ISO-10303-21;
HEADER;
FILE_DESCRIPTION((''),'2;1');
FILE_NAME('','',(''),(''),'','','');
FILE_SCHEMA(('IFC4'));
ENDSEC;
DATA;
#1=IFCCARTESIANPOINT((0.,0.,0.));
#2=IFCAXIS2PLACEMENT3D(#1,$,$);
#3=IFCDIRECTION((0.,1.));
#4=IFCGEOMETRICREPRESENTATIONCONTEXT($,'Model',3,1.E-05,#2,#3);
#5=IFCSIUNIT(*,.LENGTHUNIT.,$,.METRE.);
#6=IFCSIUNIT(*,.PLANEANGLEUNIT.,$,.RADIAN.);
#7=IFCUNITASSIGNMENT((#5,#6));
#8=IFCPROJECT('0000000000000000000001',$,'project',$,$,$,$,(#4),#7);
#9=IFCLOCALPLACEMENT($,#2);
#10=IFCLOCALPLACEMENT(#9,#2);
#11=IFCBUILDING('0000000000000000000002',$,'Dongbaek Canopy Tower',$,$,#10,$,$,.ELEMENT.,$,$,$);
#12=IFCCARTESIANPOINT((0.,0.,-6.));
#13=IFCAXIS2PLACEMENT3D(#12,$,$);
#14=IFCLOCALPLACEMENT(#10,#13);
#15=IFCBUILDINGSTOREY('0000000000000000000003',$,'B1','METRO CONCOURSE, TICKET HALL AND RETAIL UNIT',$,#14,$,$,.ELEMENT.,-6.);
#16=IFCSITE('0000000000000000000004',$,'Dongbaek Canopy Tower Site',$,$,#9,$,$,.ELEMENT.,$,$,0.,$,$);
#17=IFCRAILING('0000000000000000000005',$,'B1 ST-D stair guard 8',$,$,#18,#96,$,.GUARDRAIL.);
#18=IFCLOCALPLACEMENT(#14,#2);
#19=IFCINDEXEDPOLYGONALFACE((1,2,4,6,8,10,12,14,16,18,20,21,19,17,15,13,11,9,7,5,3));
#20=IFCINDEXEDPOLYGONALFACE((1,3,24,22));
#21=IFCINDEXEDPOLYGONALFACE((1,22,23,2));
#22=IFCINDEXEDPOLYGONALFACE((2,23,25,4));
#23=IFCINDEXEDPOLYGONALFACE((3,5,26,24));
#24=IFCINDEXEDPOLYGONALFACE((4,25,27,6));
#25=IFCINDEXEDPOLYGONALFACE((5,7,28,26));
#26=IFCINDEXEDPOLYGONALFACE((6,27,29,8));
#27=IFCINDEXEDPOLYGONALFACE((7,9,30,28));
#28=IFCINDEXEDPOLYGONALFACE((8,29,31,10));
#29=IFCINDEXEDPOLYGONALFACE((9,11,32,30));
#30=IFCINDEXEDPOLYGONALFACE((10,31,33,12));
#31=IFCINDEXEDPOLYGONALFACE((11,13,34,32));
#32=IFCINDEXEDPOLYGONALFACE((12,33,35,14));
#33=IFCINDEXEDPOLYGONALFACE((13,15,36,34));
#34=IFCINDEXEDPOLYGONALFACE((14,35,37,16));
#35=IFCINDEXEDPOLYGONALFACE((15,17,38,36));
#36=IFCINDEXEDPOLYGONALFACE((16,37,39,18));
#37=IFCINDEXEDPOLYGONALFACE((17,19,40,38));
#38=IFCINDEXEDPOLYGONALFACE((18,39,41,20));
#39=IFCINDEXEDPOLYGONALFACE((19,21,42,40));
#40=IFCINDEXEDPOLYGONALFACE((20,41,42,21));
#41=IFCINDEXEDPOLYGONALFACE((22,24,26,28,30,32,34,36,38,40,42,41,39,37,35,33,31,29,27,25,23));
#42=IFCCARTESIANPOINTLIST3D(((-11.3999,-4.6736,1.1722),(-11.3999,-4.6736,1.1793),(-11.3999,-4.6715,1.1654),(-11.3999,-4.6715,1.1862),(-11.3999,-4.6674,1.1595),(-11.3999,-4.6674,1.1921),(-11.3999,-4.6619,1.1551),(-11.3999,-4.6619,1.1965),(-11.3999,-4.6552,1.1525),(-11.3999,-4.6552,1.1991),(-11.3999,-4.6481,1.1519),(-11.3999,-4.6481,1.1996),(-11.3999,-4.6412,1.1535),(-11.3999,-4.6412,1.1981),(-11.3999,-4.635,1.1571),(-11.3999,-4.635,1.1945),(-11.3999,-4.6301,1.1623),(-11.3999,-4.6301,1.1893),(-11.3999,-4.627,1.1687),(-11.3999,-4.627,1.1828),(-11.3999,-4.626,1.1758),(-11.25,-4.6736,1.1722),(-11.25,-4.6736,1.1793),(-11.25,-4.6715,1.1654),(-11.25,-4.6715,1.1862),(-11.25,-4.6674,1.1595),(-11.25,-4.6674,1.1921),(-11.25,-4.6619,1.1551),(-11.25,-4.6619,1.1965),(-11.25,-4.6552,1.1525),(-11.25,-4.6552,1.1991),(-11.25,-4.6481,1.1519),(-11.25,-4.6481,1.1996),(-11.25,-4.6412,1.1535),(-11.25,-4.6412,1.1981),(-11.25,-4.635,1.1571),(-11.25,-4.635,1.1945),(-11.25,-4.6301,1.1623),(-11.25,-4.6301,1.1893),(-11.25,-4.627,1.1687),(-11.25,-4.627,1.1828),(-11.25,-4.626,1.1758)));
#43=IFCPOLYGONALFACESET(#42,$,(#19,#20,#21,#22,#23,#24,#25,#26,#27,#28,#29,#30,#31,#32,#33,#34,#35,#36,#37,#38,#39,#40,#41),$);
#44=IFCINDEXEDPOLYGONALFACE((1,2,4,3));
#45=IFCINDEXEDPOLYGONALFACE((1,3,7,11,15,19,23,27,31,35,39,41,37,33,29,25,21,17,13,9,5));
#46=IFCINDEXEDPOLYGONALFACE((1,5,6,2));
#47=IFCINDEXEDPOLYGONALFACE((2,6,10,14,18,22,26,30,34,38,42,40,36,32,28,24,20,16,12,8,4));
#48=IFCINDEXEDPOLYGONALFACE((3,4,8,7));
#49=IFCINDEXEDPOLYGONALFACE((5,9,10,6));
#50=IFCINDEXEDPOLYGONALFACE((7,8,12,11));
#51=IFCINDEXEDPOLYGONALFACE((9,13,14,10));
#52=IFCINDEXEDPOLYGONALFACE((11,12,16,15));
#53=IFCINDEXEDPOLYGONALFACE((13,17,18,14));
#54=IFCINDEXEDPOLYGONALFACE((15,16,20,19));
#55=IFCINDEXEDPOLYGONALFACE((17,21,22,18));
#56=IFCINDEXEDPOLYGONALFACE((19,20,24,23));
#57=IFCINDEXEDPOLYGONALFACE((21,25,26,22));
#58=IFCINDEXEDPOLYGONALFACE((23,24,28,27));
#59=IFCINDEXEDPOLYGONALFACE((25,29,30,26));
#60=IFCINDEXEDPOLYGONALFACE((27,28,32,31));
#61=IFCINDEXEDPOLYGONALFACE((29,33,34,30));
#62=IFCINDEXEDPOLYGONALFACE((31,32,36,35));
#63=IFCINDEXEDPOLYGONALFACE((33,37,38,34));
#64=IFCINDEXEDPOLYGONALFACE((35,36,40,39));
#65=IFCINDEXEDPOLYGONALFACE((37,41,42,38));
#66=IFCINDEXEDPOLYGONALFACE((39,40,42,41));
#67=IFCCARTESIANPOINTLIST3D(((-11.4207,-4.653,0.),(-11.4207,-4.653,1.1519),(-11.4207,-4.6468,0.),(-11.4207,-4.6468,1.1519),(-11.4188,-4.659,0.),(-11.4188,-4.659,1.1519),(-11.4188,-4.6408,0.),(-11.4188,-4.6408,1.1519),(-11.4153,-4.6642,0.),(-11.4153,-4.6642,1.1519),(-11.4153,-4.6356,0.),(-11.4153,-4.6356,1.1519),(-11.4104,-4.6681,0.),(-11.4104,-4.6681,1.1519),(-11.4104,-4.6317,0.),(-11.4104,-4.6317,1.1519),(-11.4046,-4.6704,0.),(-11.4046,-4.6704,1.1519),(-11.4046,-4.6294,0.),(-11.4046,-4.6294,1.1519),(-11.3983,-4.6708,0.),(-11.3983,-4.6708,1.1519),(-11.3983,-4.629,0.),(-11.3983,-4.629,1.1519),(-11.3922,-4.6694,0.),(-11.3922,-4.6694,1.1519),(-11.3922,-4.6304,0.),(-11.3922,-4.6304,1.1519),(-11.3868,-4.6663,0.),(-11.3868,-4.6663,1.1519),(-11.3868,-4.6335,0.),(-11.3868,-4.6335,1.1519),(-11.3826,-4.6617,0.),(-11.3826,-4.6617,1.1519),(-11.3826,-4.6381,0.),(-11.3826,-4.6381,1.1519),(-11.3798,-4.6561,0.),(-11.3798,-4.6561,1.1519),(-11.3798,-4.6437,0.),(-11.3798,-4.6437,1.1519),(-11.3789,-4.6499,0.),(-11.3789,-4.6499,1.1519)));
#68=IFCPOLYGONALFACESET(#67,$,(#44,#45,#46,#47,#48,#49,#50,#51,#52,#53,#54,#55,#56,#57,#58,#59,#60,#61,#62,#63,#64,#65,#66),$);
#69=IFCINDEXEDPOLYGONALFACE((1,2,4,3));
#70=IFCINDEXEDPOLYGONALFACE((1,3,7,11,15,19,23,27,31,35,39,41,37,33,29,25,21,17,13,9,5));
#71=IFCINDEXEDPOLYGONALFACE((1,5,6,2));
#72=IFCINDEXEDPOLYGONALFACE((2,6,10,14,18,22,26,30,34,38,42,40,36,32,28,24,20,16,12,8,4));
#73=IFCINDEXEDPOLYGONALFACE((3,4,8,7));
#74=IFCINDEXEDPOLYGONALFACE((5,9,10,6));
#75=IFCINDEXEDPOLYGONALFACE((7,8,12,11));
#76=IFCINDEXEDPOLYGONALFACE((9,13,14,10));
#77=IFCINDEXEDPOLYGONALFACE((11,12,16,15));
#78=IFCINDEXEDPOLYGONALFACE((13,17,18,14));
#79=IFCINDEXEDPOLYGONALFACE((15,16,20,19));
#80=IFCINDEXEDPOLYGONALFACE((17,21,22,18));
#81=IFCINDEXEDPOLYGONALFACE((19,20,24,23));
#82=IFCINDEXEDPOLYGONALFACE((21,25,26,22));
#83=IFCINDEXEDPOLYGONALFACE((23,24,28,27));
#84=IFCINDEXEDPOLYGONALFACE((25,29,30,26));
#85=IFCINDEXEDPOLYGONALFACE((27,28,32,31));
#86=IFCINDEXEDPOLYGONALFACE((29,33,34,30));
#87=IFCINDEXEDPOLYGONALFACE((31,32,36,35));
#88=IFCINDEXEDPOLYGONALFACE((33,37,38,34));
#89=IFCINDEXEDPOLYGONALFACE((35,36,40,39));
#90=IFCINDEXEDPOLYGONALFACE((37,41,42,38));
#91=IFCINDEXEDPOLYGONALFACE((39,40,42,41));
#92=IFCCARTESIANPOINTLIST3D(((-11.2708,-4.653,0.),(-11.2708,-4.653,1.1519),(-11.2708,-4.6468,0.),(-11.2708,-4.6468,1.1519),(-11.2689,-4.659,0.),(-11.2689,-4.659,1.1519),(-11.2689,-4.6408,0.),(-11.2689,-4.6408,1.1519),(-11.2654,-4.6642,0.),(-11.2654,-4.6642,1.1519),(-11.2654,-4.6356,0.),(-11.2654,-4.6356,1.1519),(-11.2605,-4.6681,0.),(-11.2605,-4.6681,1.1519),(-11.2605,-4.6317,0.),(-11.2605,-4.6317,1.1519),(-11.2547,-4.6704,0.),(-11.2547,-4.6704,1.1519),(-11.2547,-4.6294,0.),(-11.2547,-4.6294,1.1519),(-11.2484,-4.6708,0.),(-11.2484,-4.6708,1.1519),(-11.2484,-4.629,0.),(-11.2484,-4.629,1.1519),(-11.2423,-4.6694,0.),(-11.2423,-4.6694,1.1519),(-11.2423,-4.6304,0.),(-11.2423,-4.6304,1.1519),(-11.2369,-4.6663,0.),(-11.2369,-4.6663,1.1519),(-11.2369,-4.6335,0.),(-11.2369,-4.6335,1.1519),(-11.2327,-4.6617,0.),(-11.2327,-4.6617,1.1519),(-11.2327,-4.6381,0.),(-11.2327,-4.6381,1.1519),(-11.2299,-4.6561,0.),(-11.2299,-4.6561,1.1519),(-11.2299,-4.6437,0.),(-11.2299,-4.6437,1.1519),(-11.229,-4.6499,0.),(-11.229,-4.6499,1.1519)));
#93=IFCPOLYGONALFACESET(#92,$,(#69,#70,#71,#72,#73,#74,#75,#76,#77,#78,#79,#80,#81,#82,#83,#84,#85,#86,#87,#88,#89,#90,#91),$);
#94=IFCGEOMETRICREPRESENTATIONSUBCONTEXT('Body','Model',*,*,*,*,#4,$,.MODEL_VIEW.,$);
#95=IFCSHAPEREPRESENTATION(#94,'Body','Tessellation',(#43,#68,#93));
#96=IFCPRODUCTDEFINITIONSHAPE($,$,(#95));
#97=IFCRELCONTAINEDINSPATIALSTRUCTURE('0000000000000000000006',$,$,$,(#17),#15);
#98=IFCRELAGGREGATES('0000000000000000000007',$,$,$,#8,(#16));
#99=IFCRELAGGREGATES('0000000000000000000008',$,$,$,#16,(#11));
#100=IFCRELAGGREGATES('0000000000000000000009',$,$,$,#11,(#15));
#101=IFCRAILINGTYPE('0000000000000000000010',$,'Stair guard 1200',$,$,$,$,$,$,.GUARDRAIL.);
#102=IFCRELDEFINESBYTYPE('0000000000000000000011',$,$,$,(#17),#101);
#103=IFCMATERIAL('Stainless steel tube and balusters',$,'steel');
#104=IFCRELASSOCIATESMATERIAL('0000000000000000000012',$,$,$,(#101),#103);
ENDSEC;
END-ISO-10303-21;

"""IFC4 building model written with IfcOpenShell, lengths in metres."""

from ifc_helpers import new_model, si_unit, direction, frame, origin, origin_2d, place, context, subcontext, project, spatial, circle, extrude, material, type_object, element, save


model = new_model("IFC4")

# Units and contexts
model_context = context("Model", 3, precision=1e-05, world=origin(), true_north=direction((0.0, 1.0)))
body_context = subcontext(model_context, "Body", "Model", "MODEL_VIEW")
ifc_project = project(units=[si_unit("LENGTHUNIT", "METRE"), si_unit("PLANEANGLEUNIT", "RADIAN")], contexts=[model_context])

# Site, building, storey
site_placement = place(None, origin())
site = spatial("IfcSite", under=ifc_project, at=site_placement, Name="Dongbaek Canopy Tower Site", CompositionType="ELEMENT", RefElevation=0.0)
building_placement = place(site_placement, origin())
building = spatial("IfcBuilding", under=site, at=building_placement, Name="Dongbaek Canopy Tower", CompositionType="ELEMENT")
storey_placement = place(building_placement, frame((0.0, 0.0, -6.0)))
storey = spatial("IfcBuildingStorey", under=building, at=storey_placement, Name="B1", Description="METRO CONCOURSE, TICKET HALL AND RETAIL UNIT", CompositionType="ELEMENT", Elevation=-6.0)

# Railing
ifc_material_1 = material(Name="Stainless steel tube and balusters", Category="steel")
railing_type_1 = type_object("IfcRailingType", Name="Stair guard 1200", PredefinedType="GUARDRAIL", material=ifc_material_1)
railing_1_placement = place(storey_placement, frame((-11.3999, -4.6499, 0.0)))
element("IfcRailing", 1, at=railing_1_placement, inside=storey, type_object=railing_type_1, Name="B1 ST-D stair guard 8", PredefinedType="GUARDRAIL", context=body_context, shape_type="SweptSolid", body=[
    extrude(circle(Radius=0.0239, at=origin_2d()), frame((0.0, 0.0, 1.1758), z_axis=(1.0, 0.0, 0.0), x_axis=(0.0, 1.0, 0.0)), (0.0, 0.0, 1.0), 0.1499),
    extrude(circle(Radius=0.021, at=origin_2d()), origin(), (0.0, 0.0, 1.0), 1.1519),
    extrude(circle(Radius=0.021, at=origin_2d()), frame((0.1499, 0.0, 0.0)), (0.0, 0.0, 1.0), 1.1519),
])

save(model, "model.ifc")
